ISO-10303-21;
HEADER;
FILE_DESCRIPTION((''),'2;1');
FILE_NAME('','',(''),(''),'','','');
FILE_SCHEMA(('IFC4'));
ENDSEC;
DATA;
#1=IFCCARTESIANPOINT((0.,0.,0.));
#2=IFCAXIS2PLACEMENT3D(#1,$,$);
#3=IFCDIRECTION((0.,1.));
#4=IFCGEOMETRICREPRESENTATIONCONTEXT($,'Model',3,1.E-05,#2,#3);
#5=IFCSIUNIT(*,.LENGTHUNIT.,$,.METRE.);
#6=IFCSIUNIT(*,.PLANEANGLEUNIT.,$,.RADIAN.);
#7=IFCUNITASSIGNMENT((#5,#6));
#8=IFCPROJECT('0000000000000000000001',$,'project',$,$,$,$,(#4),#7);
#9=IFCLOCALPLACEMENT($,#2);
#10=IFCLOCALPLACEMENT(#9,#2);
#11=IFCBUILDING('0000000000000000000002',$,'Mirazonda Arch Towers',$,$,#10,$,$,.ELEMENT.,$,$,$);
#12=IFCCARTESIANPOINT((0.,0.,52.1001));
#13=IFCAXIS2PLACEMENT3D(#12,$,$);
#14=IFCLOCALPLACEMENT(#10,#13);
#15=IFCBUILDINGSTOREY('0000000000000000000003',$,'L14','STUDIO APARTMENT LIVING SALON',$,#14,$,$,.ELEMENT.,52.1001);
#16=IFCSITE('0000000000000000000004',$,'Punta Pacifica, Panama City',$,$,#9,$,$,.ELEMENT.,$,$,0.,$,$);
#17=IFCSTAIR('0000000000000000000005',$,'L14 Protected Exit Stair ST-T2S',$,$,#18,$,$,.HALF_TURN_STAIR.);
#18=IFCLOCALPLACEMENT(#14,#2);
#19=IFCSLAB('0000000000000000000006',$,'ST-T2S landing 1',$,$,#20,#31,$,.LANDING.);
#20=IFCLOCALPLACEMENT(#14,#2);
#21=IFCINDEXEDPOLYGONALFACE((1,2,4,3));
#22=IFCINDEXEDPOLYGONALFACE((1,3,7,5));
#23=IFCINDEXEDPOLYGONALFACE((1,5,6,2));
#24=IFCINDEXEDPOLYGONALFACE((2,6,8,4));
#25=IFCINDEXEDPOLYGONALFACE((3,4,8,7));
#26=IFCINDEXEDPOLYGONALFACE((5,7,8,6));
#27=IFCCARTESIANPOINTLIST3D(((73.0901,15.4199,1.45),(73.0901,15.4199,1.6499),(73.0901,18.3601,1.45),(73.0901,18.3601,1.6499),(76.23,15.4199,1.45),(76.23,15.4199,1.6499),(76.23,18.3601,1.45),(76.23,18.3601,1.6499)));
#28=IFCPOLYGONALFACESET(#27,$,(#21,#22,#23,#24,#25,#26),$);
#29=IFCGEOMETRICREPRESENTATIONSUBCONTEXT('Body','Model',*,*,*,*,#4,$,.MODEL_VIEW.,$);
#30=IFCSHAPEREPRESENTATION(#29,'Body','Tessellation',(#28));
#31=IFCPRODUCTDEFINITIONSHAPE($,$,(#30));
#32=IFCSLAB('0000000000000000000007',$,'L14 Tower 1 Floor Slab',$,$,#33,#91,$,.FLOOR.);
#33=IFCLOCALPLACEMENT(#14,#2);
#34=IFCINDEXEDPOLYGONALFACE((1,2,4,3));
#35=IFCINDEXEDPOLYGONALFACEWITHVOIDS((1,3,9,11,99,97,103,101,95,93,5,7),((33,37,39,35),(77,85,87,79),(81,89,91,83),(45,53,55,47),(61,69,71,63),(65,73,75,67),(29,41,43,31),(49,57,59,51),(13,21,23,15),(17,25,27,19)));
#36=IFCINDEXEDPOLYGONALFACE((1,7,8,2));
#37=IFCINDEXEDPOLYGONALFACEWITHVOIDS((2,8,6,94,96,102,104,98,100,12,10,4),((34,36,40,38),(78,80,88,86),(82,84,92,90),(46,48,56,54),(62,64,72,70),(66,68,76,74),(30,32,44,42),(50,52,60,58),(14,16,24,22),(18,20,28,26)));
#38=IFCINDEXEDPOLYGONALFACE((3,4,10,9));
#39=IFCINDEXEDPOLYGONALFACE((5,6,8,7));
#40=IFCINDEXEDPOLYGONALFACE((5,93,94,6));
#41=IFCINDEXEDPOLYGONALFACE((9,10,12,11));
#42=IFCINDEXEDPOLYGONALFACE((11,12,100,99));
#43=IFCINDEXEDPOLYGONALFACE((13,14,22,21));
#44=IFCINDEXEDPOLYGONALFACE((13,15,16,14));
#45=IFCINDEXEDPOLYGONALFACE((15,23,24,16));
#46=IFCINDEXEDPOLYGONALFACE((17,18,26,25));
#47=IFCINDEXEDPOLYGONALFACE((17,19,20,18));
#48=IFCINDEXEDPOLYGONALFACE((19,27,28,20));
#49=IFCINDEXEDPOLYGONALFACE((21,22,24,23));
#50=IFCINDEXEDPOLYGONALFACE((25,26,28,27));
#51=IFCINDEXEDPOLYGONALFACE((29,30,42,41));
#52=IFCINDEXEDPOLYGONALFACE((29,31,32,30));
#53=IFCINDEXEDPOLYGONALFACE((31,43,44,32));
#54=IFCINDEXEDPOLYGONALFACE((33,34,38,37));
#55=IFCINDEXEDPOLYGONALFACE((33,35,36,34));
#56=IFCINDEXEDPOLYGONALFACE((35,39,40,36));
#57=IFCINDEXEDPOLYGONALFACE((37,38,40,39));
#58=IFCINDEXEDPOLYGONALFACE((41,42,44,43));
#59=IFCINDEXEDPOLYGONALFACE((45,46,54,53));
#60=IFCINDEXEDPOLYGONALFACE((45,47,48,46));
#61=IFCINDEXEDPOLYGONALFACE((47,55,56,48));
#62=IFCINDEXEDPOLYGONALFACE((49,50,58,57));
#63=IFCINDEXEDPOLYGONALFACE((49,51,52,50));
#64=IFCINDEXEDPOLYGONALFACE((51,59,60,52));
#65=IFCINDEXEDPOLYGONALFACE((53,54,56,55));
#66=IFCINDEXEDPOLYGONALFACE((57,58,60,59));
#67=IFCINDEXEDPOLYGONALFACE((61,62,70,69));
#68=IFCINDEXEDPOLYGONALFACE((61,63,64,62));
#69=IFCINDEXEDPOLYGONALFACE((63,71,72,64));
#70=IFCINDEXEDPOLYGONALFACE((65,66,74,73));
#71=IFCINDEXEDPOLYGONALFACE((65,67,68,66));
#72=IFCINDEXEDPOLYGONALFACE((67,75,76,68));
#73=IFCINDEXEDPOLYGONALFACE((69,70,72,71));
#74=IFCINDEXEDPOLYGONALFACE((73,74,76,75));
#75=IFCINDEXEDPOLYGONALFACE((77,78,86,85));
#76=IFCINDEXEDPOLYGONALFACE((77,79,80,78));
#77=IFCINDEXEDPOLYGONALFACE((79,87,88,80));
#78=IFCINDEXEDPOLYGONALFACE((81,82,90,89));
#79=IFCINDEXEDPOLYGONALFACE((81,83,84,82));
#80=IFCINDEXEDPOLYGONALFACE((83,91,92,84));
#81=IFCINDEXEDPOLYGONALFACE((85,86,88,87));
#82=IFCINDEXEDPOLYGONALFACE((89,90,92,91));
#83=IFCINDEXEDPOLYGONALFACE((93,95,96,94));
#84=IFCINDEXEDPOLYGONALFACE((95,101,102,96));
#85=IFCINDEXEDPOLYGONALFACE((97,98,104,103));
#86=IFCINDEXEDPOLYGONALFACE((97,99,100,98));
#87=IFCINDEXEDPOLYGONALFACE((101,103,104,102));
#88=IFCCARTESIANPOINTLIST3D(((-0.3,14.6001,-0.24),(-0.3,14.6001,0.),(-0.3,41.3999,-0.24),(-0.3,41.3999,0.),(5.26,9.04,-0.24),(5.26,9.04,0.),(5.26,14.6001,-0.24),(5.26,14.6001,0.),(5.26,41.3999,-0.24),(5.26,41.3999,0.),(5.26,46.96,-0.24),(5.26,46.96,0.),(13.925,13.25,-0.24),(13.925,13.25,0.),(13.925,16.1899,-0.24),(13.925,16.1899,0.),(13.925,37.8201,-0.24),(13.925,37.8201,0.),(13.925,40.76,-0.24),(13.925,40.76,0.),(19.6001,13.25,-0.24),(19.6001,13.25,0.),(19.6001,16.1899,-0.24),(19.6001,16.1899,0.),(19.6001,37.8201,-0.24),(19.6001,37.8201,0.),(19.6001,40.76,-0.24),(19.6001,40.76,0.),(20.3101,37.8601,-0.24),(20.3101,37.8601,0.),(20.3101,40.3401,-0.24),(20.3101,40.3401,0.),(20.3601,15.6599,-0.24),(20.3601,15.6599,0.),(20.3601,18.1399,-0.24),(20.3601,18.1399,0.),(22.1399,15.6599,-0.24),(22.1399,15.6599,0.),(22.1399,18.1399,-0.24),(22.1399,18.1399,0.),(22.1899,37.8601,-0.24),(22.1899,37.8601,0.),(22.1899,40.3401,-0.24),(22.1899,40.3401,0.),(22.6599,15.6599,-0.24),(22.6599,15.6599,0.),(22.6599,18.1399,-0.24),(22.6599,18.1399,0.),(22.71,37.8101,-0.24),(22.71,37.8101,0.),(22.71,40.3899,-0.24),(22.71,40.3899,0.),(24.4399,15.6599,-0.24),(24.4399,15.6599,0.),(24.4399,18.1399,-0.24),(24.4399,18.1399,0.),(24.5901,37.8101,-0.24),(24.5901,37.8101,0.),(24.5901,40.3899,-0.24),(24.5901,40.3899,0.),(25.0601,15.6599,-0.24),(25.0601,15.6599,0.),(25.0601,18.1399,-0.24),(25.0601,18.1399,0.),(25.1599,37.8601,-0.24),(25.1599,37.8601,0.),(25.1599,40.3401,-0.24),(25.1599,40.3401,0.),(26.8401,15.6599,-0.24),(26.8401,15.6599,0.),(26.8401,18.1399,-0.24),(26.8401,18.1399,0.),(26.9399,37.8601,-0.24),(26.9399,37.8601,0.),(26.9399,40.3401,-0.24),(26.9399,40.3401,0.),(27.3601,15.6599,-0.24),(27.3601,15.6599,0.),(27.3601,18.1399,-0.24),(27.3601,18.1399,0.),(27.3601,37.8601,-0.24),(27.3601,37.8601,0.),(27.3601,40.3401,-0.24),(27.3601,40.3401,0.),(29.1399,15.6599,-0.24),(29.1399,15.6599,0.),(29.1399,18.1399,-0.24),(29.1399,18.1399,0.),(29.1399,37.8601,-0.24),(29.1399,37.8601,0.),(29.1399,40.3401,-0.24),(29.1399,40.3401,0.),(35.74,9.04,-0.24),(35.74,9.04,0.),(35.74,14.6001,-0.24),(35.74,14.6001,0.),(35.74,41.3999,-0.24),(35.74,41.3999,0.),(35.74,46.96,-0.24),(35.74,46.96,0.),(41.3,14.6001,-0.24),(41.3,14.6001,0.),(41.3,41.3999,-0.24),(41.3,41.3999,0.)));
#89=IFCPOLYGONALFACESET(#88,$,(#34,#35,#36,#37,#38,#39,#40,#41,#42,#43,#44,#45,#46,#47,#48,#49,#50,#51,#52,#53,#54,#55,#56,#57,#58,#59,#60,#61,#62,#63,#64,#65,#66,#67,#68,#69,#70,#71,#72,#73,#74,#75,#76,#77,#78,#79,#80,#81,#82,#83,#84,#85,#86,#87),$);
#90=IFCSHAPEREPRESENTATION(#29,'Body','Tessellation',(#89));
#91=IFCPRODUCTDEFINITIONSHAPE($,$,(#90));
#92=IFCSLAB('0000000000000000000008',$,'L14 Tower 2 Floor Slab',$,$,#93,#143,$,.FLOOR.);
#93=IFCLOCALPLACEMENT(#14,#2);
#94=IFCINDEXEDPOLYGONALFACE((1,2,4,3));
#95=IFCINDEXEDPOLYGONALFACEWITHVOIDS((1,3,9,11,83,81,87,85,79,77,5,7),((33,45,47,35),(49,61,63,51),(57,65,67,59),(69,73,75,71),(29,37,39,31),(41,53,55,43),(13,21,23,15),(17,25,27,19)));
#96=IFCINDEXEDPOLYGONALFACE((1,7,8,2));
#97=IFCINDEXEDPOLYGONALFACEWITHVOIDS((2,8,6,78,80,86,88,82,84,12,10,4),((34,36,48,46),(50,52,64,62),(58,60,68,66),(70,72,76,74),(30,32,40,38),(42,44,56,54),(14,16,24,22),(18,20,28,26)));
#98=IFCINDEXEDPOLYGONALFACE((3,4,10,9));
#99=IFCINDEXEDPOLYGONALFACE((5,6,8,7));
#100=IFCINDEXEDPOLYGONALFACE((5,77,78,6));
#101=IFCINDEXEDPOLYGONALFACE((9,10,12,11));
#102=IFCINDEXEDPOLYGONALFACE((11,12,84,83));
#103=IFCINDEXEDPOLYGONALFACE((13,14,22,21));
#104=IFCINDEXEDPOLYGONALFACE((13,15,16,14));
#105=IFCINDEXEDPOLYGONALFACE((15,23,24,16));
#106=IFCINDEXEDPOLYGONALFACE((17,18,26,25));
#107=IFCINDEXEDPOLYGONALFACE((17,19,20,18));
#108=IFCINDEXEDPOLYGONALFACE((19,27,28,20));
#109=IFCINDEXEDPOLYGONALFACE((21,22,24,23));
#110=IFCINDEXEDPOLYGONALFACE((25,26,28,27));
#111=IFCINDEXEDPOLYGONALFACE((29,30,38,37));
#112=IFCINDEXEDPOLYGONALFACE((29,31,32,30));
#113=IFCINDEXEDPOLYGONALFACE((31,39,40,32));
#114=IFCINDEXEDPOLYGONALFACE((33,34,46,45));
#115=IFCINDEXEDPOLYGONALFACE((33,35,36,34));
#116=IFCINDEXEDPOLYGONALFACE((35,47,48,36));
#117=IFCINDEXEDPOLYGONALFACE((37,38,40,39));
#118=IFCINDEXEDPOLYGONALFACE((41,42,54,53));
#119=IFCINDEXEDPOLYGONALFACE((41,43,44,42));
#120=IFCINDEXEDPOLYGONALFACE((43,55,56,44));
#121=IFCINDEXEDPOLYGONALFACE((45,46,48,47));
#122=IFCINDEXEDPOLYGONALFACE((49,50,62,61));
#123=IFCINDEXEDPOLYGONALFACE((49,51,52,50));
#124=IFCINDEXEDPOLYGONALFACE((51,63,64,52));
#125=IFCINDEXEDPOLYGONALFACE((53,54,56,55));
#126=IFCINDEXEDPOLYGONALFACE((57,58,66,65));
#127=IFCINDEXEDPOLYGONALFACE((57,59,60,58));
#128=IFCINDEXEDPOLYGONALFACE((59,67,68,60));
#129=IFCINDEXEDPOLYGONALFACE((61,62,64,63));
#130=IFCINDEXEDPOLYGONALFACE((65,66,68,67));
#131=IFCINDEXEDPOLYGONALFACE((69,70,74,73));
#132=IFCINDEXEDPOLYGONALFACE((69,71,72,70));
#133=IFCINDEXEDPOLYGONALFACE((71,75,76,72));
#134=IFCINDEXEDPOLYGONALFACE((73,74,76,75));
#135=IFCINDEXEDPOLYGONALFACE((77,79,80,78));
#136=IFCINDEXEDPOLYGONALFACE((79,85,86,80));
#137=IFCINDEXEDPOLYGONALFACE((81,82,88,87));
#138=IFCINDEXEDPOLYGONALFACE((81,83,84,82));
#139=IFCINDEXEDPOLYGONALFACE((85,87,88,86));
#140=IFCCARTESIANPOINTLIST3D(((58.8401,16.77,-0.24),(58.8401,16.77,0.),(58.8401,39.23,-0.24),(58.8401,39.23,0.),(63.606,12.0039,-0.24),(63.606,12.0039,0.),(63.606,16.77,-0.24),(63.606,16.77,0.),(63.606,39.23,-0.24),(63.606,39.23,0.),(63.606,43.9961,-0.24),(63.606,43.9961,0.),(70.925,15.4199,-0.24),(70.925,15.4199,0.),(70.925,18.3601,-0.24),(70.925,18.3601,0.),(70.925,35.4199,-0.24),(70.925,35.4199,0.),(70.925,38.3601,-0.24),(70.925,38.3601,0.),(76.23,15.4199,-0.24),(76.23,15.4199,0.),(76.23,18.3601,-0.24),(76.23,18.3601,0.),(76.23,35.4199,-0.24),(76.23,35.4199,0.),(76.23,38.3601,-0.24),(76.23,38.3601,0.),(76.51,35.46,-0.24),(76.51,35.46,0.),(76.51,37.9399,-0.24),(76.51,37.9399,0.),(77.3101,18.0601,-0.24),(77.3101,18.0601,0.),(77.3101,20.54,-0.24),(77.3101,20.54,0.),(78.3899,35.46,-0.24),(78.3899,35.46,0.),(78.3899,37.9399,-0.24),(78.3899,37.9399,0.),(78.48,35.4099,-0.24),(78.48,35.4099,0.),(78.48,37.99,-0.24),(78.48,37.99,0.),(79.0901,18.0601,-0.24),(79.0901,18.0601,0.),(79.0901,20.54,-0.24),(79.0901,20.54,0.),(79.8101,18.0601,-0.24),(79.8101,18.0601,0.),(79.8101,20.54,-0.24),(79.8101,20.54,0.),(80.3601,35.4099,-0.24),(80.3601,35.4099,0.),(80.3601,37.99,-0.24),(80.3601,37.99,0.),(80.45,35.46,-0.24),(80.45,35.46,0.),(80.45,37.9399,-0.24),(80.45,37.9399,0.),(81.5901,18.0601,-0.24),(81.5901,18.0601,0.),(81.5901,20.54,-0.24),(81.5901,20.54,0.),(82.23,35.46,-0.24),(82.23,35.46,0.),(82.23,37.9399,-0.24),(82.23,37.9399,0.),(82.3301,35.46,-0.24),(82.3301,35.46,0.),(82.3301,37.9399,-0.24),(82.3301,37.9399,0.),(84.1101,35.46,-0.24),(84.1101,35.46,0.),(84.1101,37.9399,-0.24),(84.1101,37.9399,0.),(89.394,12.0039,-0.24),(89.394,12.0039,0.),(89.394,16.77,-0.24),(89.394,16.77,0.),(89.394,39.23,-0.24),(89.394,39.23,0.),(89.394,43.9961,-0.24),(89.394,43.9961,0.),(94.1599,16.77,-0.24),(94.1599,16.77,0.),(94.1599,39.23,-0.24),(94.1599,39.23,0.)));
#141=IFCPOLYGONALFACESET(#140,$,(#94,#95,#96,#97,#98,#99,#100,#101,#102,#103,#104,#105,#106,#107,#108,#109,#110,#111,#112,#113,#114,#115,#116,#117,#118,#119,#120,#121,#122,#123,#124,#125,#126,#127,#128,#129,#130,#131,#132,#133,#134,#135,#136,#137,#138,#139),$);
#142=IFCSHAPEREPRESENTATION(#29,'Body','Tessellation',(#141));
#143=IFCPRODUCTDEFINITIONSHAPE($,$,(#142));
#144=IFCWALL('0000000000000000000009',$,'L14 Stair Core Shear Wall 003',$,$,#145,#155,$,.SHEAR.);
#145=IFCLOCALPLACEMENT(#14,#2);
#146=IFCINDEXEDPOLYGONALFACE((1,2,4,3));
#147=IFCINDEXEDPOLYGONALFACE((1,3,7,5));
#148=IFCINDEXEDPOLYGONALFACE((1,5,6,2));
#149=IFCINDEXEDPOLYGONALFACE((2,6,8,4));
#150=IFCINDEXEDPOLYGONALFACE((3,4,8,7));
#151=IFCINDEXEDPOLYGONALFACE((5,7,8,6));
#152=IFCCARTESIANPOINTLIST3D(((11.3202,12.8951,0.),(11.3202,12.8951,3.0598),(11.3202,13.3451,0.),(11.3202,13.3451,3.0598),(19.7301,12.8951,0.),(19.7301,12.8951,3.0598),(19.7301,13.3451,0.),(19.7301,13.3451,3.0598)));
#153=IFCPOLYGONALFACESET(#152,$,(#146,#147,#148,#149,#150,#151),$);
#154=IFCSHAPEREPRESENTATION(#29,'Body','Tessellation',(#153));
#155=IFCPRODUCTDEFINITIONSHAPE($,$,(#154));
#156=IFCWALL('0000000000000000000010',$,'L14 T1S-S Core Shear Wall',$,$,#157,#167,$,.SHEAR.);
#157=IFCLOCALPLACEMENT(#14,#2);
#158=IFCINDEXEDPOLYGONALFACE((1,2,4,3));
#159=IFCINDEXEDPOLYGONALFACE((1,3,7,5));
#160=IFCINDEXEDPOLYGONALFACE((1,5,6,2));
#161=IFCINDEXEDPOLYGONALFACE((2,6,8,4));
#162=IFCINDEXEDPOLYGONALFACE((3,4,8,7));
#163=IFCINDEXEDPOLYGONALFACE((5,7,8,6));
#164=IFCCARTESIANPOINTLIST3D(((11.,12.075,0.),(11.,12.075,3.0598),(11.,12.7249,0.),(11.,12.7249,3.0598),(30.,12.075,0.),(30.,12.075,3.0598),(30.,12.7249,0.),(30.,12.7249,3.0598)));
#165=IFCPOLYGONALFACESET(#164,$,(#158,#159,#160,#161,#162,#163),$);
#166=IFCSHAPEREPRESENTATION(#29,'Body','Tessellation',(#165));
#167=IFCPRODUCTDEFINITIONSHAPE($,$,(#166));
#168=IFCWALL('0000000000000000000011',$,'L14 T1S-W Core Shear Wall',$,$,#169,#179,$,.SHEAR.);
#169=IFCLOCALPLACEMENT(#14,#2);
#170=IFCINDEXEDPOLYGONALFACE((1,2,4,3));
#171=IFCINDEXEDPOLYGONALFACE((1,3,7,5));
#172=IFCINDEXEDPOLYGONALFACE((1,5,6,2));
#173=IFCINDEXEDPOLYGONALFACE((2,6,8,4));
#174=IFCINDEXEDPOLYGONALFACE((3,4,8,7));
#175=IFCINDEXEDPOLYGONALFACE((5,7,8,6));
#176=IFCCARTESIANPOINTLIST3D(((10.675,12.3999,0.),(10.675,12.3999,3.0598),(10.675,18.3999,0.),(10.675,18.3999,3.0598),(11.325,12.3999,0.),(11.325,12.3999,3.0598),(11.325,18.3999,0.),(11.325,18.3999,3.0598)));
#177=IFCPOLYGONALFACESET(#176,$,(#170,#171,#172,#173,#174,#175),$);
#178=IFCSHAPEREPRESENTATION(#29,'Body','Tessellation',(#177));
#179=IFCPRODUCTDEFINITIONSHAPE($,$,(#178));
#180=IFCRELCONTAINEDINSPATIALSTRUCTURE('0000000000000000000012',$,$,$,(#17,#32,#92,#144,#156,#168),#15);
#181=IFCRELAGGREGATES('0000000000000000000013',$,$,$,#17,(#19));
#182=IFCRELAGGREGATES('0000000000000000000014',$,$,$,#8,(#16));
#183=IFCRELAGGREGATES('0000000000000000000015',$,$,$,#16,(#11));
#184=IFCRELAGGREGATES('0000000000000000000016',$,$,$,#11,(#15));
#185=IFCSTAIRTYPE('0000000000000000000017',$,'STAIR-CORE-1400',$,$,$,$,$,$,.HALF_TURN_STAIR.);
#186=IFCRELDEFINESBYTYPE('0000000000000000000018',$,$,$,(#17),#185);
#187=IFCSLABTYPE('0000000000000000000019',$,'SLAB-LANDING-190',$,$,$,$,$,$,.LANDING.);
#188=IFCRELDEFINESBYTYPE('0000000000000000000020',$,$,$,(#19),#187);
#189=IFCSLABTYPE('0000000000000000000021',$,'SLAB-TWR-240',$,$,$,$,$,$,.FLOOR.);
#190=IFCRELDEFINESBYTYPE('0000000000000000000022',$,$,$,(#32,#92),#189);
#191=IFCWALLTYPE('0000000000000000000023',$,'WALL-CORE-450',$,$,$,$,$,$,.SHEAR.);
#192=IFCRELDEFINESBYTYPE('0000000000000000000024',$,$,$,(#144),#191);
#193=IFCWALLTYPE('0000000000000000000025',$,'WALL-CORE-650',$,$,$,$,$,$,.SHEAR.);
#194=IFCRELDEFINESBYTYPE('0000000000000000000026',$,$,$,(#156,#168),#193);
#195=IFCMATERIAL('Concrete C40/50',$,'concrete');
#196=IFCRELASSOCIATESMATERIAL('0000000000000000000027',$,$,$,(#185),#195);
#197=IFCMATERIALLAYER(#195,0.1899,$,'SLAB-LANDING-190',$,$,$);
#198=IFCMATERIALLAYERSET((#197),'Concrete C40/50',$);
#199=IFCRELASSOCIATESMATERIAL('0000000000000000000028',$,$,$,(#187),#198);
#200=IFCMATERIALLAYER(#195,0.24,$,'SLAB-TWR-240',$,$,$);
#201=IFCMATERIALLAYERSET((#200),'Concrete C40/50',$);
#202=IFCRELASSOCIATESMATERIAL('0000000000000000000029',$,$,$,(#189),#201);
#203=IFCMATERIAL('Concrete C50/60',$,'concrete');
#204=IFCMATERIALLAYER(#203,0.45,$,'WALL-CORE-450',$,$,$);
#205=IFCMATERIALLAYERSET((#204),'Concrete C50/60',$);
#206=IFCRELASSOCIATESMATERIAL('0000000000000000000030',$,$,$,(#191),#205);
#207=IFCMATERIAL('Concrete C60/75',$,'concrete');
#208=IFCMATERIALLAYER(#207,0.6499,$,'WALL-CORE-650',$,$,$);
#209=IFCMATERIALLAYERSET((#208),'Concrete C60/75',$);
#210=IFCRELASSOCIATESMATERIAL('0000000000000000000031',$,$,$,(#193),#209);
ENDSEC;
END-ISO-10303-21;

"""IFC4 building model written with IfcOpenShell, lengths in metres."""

from ifc_helpers import new_model, si_unit, direction, frame, frame_2d, origin, place, context, subcontext, project, spatial, polyline, rectangle, outline, extrude, material, layer, layer_set, type_object, element, aggregate, save


model = new_model("IFC4")

# Units and contexts
model_context = context("Model", 3, precision=1e-05, world=origin(), true_north=direction((0.0, 1.0)))
body_context = subcontext(model_context, "Body", "Model", "MODEL_VIEW")
ifc_project = project(units=[si_unit("LENGTHUNIT", "METRE"), si_unit("PLANEANGLEUNIT", "RADIAN")], contexts=[model_context])

# Site, building, storey
site_placement = place(None, origin())
site = spatial("IfcSite", under=ifc_project, at=site_placement, Name="Punta Pacifica, Panama City", CompositionType="ELEMENT", RefElevation=0.0)
building_placement = place(site_placement, origin())
building = spatial("IfcBuilding", under=site, at=building_placement, Name="Mirazonda Arch Towers", CompositionType="ELEMENT")
storey_placement = place(building_placement, frame((0.0, 0.0, 52.1001)))
storey = spatial("IfcBuildingStorey", under=building, at=storey_placement, Name="L14", Description="STUDIO APARTMENT LIVING SALON", CompositionType="ELEMENT", Elevation=52.1001)

# Shared definitions
ifc_material_1 = material(Name="Concrete C60/75", Category="concrete")

# Stair, slab
ifc_material_2 = material(Name="Concrete C40/50", Category="concrete")
stair_type = type_object("IfcStairType", Name="STAIR-CORE-1400", PredefinedType="HALF_TURN_STAIR", material=ifc_material_2)
ifc_layer_1 = layer(ifc_material_2, 0.1899, Name="SLAB-LANDING-190")
ifc_layer_set_1 = layer_set([ifc_layer_1], Name="Concrete C40/50")
slab_type_1 = type_object("IfcSlabType", Name="SLAB-LANDING-190", PredefinedType="LANDING", material=ifc_layer_set_1)
stair_1_placement = place(storey_placement, origin())
stair_1 = element("IfcStair", 1, at=stair_1_placement, inside=storey, type_object=stair_type, Name="L14 Protected Exit Stair ST-T2S", PredefinedType="HALF_TURN_STAIR")
slab_1_placement = place(storey_placement, frame((0.0, 0.0, 1.45)))
slab_1 = element("IfcSlab", 2, at=slab_1_placement, type_object=slab_type_1, Name="ST-T2S landing 1", PredefinedType="LANDING", context=body_context, shape_type="SweptSolid", body=[
    extrude(outline(polyline([(73.0901, 15.4199), (76.23, 15.4199), (76.23, 18.3601), (73.0901, 18.3601), (73.0901, 15.4199)])), origin(), (0.0, 0.0, 1.0), 0.2),
])
aggregate(stair_1, [slab_1])

# Slabs
ifc_layer_2 = layer(ifc_material_2, 0.24, Name="SLAB-TWR-240")
ifc_layer_set_2 = layer_set([ifc_layer_2], Name="Concrete C40/50")
slab_type_2 = type_object("IfcSlabType", Name="SLAB-TWR-240", PredefinedType="FLOOR", material=ifc_layer_set_2)
slab_2_placement = place(storey_placement, frame((0.0, 0.0, -0.24)))
element("IfcSlab", 3, at=slab_2_placement, inside=storey, type_object=slab_type_2, Name="L14 Tower 1 Floor Slab", PredefinedType="FLOOR", context=body_context, shape_type="SweptSolid", body=[
    extrude(outline(polyline([(5.26, 9.04), (35.74, 9.04), (35.74, 14.6001), (41.3, 14.6001), (41.3, 41.3999), (35.74, 41.3999), (35.74, 46.96), (5.26, 46.96), (5.26, 41.3999), (-0.3, 41.3999), (-0.3, 14.6001), (5.26, 14.6001), (5.26, 9.04)]), holes=[polyline([(29.1399, 18.1399), (29.1399, 15.6599), (27.3601, 15.6599), (27.3601, 18.1399), (29.1399, 18.1399)]), polyline([(29.1399, 40.3401), (29.1399, 37.8601), (27.3601, 37.8601), (27.3601, 40.3401), (29.1399, 40.3401)]), polyline([(25.1599, 40.3401), (26.9399, 40.3401), (26.9399, 37.8601), (25.1599, 37.8601), (25.1599, 40.3401)]), polyline([(26.8401, 18.1399), (26.8401, 15.6599), (25.0601, 15.6599), (25.0601, 18.1399), (26.8401, 18.1399)]), polyline([(22.71, 40.3899), (24.5901, 40.3899), (24.5901, 37.8101), (22.71, 37.8101), (22.71, 40.3899)]), polyline([(22.6599, 18.1399), (24.4399, 18.1399), (24.4399, 15.6599), (22.6599, 15.6599), (22.6599, 18.1399)]), polyline([(20.3101, 40.3401), (22.1899, 40.3401), (22.1899, 37.8601), (20.3101, 37.8601), (20.3101, 40.3401)]), polyline([(20.3601, 18.1399), (22.1399, 18.1399), (22.1399, 15.6599), (20.3601, 15.6599), (20.3601, 18.1399)]), polyline([(13.925, 40.76), (19.6001, 40.76), (19.6001, 37.8201), (13.925, 37.8201), (13.925, 40.76)]), polyline([(13.925, 13.25), (13.925, 16.1899), (19.6001, 16.1899), (19.6001, 13.25), (13.925, 13.25)])]), origin(), (0.0, 0.0, 1.0), 0.24),
])
slab_3_placement = place(storey_placement, frame((0.0, 0.0, -0.24)))
element("IfcSlab", 4, at=slab_3_placement, inside=storey, type_object=slab_type_2, Name="L14 Tower 2 Floor Slab", PredefinedType="FLOOR", context=body_context, shape_type="SweptSolid", body=[
    extrude(outline(polyline([(63.606, 12.0039), (89.394, 12.0039), (89.394, 16.77), (94.1599, 16.77), (94.1599, 39.23), (89.394, 39.23), (89.394, 43.9961), (63.606, 43.9961), (63.606, 39.23), (58.8401, 39.23), (58.8401, 16.77), (63.606, 16.77), (63.606, 12.0039)]), holes=[polyline([(82.3301, 37.9399), (84.1101, 37.9399), (84.1101, 35.46), (82.3301, 35.46), (82.3301, 37.9399)]), polyline([(80.45, 37.9399), (82.23, 37.9399), (82.23, 35.46), (80.45, 35.46), (80.45, 37.9399)]), polyline([(79.8101, 20.54), (81.5901, 20.54), (81.5901, 18.0601), (79.8101, 18.0601), (79.8101, 20.54)]), polyline([(78.48, 37.99), (80.3601, 37.99), (80.3601, 35.4099), (78.48, 35.4099), (78.48, 37.99)]), polyline([(77.3101, 20.54), (79.0901, 20.54), (79.0901, 18.0601), (77.3101, 18.0601), (77.3101, 20.54)]), polyline([(76.51, 37.9399), (78.3899, 37.9399), (78.3899, 35.46), (76.51, 35.46), (76.51, 37.9399)]), polyline([(70.925, 15.4199), (70.925, 18.3601), (76.23, 18.3601), (76.23, 15.4199), (70.925, 15.4199)]), polyline([(70.925, 35.4199), (70.925, 38.3601), (76.23, 38.3601), (76.23, 35.4199), (70.925, 35.4199)])]), origin(), (0.0, 0.0, 1.0), 0.24),
])

# Walls
ifc_material_3 = material(Name="Concrete C50/60", Category="concrete")
ifc_layer_3 = layer(ifc_material_3, 0.45, Name="WALL-CORE-450")
ifc_layer_set_3 = layer_set([ifc_layer_3], Name="Concrete C50/60")
wall_type_1 = type_object("IfcWallType", Name="WALL-CORE-450", PredefinedType="SHEAR", material=ifc_layer_set_3)
wall_1_placement = place(storey_placement, frame((11.3201, 13.1201, 0.0), z_axis=(0.0, 0.0, 1.0), x_axis=(1.0, 0.0, 0.0)))
element("IfcWall", 5, at=wall_1_placement, inside=storey, type_object=wall_type_1, Name="L14 Stair Core Shear Wall 003", PredefinedType="SHEAR", context=body_context, shape_type="SweptSolid", body=[
    extrude(rectangle(XDim=8.4099, YDim=0.45, at=frame_2d((4.2051, 0.0))), origin(), (0.0, 0.0, 1.0), 3.0598),
])
ifc_layer_4 = layer(ifc_material_1, 0.6499, Name="WALL-CORE-650")
ifc_layer_set_4 = layer_set([ifc_layer_4], Name="Concrete C60/75")
wall_type_2 = type_object("IfcWallType", Name="WALL-CORE-650", PredefinedType="SHEAR", material=ifc_layer_set_4)
wall_2_placement = place(storey_placement, frame((11.0, 12.3999, 0.0), z_axis=(0.0, 0.0, 1.0), x_axis=(1.0, 0.0, 0.0)))
element("IfcWall", 6, at=wall_2_placement, inside=storey, type_object=wall_type_2, Name="L14 T1S-S Core Shear Wall", PredefinedType="SHEAR", context=body_context, shape_type="SweptSolid", body=[
    extrude(rectangle(XDim=19.0, YDim=0.6499, at=frame_2d((9.5, 0.0))), origin(), (0.0, 0.0, 1.0), 3.0598),
])
wall_3_placement = place(storey_placement, frame((11.0, 12.3999, 0.0), z_axis=(0.0, 0.0, 1.0), x_axis=(0.0, 1.0, 0.0)))
element("IfcWall", 7, at=wall_3_placement, inside=storey, type_object=wall_type_2, Name="L14 T1S-W Core Shear Wall", PredefinedType="SHEAR", context=body_context, shape_type="SweptSolid", body=[
    extrude(rectangle(XDim=6.0, YDim=0.6499, at=frame_2d((3.0, 0.0))), origin(), (0.0, 0.0, 1.0), 3.0598),
])

save(model, "model.ifc")
